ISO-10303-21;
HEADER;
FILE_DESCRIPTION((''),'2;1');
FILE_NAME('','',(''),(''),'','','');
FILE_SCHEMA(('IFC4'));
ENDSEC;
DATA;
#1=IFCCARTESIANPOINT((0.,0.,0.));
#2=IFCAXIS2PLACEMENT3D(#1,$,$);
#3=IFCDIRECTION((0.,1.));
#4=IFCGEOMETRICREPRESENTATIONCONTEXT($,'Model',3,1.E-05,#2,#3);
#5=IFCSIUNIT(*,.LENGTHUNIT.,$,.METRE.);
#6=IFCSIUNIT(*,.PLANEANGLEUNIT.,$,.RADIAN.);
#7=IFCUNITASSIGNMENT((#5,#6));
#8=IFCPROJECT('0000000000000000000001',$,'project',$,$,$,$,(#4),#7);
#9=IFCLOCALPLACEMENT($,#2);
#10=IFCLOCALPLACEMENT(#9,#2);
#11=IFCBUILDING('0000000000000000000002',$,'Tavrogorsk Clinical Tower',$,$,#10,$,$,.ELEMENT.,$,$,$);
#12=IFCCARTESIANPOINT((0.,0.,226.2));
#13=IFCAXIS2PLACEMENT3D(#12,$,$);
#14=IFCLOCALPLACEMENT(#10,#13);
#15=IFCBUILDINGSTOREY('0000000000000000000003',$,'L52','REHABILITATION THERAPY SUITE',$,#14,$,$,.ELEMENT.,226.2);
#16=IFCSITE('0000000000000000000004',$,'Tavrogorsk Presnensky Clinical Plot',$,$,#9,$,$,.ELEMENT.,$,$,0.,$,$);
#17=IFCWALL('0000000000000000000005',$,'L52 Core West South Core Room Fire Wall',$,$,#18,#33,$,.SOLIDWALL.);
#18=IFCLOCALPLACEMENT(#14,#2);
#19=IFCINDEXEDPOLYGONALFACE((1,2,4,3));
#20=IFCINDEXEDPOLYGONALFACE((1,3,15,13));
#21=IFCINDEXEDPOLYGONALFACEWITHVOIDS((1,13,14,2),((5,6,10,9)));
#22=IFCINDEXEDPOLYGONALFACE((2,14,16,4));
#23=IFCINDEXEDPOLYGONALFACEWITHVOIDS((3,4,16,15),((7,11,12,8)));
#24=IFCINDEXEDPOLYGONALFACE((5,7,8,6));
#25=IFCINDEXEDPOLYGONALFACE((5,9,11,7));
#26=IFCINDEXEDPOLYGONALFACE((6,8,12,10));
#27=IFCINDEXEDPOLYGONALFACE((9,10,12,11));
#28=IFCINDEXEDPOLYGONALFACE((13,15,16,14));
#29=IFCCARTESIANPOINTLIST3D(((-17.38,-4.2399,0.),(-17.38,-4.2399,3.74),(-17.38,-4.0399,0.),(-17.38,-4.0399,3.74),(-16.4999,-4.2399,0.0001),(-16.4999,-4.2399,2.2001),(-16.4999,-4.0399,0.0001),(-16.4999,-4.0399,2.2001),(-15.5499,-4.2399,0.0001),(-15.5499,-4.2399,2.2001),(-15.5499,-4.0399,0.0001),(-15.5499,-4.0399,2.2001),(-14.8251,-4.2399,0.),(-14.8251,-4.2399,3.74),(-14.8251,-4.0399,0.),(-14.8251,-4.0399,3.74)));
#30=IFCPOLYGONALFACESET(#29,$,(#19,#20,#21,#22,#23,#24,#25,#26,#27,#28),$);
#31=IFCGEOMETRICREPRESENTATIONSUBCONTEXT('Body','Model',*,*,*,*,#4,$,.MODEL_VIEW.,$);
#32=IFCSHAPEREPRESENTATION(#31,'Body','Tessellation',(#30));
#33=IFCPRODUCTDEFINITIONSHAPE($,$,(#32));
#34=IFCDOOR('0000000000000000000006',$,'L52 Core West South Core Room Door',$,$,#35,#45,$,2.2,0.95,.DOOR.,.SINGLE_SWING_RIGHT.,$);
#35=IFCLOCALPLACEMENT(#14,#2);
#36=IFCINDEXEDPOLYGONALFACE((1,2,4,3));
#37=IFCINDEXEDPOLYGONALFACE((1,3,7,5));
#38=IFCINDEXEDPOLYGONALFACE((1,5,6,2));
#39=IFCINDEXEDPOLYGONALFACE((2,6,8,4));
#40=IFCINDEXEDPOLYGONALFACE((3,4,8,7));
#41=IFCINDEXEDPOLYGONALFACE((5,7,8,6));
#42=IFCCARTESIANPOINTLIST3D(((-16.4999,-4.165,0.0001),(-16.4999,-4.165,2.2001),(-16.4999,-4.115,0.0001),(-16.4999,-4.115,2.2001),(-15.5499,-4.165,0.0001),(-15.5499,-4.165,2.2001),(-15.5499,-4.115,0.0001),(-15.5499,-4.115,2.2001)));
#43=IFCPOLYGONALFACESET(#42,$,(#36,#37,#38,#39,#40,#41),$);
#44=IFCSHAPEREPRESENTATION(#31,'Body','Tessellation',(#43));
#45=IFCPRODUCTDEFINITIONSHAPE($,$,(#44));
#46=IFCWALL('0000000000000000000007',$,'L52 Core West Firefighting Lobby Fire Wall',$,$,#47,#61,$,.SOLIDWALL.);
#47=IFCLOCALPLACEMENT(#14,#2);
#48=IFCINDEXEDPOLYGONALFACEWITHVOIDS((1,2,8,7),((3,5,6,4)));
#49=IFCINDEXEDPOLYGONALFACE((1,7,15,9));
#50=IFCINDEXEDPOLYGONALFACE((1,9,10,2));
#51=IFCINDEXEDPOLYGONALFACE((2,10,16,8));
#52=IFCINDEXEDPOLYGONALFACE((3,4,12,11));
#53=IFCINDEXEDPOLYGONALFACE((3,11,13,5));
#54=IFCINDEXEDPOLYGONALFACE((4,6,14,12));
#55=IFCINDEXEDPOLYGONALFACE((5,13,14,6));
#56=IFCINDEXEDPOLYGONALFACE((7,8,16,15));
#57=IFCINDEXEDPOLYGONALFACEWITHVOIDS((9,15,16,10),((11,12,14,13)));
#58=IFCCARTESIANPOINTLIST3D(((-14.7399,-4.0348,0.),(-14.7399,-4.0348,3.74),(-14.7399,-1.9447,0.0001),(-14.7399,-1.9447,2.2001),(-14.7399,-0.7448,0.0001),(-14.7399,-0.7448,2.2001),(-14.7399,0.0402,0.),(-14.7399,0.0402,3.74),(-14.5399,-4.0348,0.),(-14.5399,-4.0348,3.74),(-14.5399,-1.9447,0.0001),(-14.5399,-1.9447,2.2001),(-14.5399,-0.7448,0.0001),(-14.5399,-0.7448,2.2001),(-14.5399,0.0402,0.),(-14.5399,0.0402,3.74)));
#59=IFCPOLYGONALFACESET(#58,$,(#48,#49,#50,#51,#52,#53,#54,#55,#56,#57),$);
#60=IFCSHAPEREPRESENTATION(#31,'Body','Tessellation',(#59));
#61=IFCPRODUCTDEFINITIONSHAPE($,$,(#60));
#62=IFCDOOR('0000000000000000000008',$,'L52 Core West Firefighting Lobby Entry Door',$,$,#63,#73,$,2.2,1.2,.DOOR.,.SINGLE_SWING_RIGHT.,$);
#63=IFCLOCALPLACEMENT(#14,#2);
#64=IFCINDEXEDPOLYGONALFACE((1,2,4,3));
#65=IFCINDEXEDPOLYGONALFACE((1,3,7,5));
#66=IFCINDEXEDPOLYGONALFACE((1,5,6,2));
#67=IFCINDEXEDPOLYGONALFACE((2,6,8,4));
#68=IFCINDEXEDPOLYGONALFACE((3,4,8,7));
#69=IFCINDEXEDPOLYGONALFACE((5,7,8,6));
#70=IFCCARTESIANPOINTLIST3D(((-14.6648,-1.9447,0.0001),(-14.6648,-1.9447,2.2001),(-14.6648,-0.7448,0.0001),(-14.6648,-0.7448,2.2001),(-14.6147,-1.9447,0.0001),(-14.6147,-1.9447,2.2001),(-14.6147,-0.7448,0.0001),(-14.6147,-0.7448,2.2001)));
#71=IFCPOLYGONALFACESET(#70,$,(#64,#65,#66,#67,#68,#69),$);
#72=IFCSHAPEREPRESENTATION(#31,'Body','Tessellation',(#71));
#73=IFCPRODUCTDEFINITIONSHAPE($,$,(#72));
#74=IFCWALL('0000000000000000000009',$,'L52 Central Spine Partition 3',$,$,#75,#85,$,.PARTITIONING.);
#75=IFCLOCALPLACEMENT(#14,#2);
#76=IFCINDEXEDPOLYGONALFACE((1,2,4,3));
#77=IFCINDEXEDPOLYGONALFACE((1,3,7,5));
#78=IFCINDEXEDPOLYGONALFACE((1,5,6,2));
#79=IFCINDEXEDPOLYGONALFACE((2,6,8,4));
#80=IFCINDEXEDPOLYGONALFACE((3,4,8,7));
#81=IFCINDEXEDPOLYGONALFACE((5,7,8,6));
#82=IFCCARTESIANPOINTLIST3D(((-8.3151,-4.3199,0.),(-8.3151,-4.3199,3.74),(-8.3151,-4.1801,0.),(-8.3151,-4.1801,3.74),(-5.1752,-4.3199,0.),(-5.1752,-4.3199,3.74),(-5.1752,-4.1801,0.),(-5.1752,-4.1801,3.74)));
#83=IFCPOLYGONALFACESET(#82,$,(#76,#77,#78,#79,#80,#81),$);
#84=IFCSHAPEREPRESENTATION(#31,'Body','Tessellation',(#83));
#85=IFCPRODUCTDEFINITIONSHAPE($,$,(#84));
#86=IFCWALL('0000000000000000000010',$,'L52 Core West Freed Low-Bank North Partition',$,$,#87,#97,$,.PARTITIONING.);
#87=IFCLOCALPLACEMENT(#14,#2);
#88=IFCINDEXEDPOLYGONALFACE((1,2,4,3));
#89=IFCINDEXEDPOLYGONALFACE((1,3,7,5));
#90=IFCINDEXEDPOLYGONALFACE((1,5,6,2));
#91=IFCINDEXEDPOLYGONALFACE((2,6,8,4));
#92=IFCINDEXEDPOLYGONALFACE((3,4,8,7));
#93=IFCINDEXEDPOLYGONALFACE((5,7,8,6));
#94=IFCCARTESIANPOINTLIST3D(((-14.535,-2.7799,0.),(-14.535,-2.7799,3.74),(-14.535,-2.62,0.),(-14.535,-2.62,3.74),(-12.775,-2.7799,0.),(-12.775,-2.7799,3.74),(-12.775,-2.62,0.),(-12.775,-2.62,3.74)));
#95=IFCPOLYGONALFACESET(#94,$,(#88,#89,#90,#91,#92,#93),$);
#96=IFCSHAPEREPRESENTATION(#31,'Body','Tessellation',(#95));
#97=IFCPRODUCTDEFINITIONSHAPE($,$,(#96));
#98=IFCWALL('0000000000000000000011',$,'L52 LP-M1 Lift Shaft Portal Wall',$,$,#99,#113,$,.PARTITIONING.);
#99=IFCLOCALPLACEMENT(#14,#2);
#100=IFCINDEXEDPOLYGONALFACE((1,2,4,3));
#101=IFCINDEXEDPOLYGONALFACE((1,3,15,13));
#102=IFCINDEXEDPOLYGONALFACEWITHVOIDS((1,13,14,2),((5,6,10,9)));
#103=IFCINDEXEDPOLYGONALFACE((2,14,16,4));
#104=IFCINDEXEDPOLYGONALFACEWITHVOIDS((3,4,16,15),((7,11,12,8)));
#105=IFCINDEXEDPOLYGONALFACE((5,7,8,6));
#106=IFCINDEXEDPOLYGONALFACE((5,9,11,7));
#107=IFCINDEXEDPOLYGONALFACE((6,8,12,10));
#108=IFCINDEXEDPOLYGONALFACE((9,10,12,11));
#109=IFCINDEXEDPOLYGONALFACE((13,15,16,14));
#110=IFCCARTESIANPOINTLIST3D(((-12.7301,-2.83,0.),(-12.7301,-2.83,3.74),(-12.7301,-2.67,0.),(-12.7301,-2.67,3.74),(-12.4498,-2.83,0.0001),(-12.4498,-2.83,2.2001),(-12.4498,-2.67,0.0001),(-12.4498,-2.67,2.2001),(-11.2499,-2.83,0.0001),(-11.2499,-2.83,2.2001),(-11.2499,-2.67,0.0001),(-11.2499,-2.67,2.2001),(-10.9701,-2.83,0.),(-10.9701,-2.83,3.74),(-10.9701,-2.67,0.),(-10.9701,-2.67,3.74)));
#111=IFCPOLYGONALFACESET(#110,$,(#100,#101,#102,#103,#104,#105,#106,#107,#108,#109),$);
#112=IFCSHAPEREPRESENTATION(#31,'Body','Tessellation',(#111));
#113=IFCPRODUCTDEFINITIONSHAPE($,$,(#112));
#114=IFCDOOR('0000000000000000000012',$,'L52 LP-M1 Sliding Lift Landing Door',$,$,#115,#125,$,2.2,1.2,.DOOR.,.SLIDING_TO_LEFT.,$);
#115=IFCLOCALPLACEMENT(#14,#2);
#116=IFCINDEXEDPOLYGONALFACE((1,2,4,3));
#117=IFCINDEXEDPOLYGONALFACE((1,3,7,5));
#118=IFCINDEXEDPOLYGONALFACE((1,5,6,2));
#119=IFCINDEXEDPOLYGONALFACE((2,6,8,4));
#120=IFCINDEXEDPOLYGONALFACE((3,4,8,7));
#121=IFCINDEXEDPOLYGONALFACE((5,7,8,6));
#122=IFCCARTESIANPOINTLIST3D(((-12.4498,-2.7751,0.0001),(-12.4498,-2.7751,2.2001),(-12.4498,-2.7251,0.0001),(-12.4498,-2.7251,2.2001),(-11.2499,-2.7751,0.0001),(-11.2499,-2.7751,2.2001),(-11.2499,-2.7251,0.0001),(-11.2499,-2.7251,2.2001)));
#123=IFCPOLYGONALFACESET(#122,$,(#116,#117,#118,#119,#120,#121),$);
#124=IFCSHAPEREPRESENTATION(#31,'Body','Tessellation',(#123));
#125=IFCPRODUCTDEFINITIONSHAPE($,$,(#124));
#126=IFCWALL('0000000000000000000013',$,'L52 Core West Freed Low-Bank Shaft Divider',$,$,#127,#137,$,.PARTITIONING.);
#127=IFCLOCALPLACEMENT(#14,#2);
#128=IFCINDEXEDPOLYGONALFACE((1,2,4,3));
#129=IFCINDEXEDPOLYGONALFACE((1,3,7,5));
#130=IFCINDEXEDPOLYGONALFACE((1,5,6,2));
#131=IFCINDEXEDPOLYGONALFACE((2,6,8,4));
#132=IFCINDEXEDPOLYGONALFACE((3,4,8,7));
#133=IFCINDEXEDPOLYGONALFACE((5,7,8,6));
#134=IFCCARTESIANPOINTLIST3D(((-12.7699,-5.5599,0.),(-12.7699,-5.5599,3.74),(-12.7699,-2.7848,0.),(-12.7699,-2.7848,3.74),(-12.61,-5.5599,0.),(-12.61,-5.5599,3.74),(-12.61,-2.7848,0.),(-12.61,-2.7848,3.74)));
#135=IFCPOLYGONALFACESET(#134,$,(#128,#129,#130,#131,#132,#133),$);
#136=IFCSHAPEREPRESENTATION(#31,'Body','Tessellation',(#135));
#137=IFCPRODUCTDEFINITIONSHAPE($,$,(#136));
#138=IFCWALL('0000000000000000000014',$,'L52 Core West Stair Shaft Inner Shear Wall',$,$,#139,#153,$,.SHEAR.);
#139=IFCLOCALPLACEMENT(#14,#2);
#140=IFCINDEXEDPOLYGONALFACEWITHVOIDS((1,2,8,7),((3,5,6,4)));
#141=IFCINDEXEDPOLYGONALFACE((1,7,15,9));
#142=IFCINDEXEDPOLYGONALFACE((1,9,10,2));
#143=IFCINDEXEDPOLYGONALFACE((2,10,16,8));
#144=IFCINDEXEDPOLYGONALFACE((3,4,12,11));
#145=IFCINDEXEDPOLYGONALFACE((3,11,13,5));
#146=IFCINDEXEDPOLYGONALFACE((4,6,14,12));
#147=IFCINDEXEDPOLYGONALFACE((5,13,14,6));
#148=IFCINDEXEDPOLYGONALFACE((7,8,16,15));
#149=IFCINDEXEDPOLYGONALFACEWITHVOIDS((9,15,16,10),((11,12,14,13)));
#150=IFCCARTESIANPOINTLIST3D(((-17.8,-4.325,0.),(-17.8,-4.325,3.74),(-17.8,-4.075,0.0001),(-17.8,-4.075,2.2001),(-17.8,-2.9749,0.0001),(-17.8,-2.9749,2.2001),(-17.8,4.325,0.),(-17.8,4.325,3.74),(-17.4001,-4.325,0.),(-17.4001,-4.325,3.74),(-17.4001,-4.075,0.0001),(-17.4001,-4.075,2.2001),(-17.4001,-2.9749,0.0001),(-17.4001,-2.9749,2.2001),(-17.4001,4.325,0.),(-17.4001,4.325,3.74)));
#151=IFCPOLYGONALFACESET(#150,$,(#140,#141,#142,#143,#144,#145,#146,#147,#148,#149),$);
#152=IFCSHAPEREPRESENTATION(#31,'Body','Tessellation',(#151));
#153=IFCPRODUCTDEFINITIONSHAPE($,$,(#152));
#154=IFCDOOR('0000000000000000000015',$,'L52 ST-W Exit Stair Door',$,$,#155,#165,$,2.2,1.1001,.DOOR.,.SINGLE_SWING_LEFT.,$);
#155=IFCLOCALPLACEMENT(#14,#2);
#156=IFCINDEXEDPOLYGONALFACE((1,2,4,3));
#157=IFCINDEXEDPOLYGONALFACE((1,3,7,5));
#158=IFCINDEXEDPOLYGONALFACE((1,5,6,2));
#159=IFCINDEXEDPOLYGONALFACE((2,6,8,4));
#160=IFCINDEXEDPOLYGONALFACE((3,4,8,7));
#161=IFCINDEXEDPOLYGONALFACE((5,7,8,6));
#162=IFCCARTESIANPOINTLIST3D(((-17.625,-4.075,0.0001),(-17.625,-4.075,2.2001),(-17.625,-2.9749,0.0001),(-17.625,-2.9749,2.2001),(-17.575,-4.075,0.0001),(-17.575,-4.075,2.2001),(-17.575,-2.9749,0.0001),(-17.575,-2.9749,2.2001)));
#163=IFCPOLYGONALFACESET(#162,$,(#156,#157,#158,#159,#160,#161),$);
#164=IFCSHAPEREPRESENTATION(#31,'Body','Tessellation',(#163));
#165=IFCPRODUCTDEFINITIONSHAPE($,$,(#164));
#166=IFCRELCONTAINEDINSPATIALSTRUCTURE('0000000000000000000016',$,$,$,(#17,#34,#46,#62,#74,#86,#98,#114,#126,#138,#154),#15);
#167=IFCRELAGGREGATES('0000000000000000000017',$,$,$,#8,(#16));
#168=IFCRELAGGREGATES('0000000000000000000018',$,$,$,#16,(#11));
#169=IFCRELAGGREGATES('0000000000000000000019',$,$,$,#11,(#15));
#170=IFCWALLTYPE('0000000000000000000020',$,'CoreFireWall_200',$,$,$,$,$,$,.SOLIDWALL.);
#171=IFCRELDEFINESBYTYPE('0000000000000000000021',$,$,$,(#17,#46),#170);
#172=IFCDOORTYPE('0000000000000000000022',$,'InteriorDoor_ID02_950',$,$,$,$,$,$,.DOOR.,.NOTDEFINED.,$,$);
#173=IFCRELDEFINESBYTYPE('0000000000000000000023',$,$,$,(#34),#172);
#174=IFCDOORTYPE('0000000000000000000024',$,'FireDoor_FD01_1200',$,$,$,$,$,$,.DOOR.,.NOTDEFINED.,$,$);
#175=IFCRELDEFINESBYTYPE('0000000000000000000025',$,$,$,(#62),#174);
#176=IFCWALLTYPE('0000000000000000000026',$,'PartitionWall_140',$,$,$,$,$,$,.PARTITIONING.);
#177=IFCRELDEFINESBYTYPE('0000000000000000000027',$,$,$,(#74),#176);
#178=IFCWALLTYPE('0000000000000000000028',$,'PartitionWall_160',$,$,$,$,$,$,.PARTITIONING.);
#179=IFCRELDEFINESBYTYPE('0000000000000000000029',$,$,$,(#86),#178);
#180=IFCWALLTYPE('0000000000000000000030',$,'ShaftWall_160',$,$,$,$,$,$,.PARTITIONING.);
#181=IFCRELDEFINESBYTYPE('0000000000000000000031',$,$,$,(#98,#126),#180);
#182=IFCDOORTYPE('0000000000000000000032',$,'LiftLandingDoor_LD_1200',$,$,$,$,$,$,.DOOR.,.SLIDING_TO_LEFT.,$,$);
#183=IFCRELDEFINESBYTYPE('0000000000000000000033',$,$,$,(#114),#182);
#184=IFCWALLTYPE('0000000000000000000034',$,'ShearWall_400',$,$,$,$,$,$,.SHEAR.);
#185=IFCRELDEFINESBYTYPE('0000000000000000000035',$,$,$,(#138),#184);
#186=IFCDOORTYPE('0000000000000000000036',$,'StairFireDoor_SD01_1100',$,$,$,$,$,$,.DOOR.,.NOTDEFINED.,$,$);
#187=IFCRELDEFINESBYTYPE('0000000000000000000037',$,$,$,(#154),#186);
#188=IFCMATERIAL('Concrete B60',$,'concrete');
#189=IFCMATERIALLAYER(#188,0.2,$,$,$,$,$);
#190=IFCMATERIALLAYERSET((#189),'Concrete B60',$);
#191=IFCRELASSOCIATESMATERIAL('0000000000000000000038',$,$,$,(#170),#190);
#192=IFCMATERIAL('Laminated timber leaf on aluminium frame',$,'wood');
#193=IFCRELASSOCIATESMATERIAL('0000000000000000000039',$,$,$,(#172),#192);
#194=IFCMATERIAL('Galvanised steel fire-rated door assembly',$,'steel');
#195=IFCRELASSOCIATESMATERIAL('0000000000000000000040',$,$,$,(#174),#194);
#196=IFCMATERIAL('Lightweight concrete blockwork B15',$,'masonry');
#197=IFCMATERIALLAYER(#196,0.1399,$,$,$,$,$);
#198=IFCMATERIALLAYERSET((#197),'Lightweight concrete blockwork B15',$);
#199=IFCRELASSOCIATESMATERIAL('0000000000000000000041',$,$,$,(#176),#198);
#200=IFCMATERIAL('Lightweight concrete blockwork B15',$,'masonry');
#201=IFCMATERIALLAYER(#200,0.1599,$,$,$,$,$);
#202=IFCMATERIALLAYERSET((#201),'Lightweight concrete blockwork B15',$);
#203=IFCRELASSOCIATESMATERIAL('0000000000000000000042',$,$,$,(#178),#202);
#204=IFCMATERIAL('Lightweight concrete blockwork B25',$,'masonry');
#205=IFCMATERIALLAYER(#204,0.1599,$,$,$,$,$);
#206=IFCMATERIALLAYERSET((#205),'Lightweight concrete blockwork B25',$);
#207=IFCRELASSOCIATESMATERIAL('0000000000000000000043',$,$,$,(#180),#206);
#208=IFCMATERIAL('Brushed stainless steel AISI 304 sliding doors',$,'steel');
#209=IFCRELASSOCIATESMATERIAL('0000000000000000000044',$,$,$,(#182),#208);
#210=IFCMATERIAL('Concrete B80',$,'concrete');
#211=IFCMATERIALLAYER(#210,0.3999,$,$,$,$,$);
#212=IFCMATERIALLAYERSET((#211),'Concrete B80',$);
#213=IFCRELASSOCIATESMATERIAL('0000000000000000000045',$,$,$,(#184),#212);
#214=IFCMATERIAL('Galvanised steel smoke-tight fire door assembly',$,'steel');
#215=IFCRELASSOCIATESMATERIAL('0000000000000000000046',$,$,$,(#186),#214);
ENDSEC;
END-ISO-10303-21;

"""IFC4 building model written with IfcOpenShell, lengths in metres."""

from ifc_helpers import new_model, si_unit, direction, frame, frame_2d, origin, place, context, subcontext, project, spatial, rectangle, extrude, material, layer, layer_set, type_object, element, fill, save


model = new_model("IFC4")

# Units and contexts
model_context = context("Model", 3, precision=1e-05, world=origin(), true_north=direction((0.0, 1.0)))
body_context = subcontext(model_context, "Body", "Model", "MODEL_VIEW")
ifc_project = project(units=[si_unit("LENGTHUNIT", "METRE"), si_unit("PLANEANGLEUNIT", "RADIAN")], contexts=[model_context])

# Site, building, storey
site_placement = place(None, origin())
site = spatial("IfcSite", under=ifc_project, at=site_placement, Name="Tavrogorsk Presnensky Clinical Plot", CompositionType="ELEMENT", RefElevation=0.0)
building_placement = place(site_placement, origin())
building = spatial("IfcBuilding", under=site, at=building_placement, Name="Tavrogorsk Clinical Tower", CompositionType="ELEMENT")
storey_placement = place(building_placement, frame((0.0, 0.0, 226.2)))
storey = spatial("IfcBuildingStorey", under=building, at=storey_placement, Name="L52", Description="REHABILITATION THERAPY SUITE", CompositionType="ELEMENT", Elevation=226.2)

# Walls, openings, doors
ifc_material_1 = material(Name="Concrete B60", Category="concrete")
ifc_layer_1 = layer(ifc_material_1, 0.2)
ifc_layer_set_1 = layer_set([ifc_layer_1], Name="Concrete B60")
wall_type_1 = type_object("IfcWallType", Name="CoreFireWall_200", PredefinedType="SOLIDWALL", material=ifc_layer_set_1)
wall_1_placement = place(storey_placement, frame((-17.3799, -4.1399, 0.0), z_axis=(0.0, 0.0, 1.0), x_axis=(1.0, 0.0, 0.0)))
wall_1 = element("IfcWall", 1, at=wall_1_placement, inside=storey, type_object=wall_type_1, Name="L52 Core West South Core Room Fire Wall", PredefinedType="SOLIDWALL", context=body_context, shape_type="SweptSolid", body=[
    extrude(rectangle(XDim=2.5549, YDim=0.2, at=frame_2d((1.2773, 0.0))), origin(), (0.0, 0.0, 1.0), 3.74),
])
opening_1_placement = place(wall_1_placement, frame((0.8799, 0.0, 0.0)))
opening_1 = element("IfcOpeningElement", 2, at=opening_1_placement, cuts=wall_1, PredefinedType="OPENING", context=body_context, shape_type="SweptSolid", body=[
    extrude(rectangle(XDim=0.95, YDim=2.2, at=frame_2d((0.4751, 1.1001))), frame((0.0, 0.1099, 0.0), z_axis=(0.0, -1.0, 0.0), x_axis=(1.0, 0.0, 0.0)), (0.0, 0.0, 1.0), 0.22),
])
ifc_material_2 = material(Name="Laminated timber leaf on aluminium frame", Category="wood")
door_type_1 = type_object("IfcDoorType", Name="InteriorDoor_ID02_950", OperationType="NOTDEFINED", PredefinedType="DOOR", material=ifc_material_2)
door_1_placement = place(opening_1_placement, origin())
door_1 = element("IfcDoor", 3, at=door_1_placement, inside=storey, type_object=door_type_1, Name="L52 Core West South Core Room Door", OperationType="SINGLE_SWING_RIGHT", OverallHeight=2.2, OverallWidth=0.95, PredefinedType="DOOR", context=body_context, shape_type="SweptSolid", body=[
    extrude(rectangle(XDim=0.95, YDim=2.2, at=frame_2d((0.4751, 1.1001))), frame((0.0, 0.0249, 0.0), z_axis=(0.0, -1.0, 0.0), x_axis=(1.0, 0.0, 0.0)), (0.0, 0.0, 1.0), 0.05),
])
fill(opening_1, door_1)
wall_2_placement = place(storey_placement, frame((-14.6399, -4.0349, 0.0), z_axis=(0.0, 0.0, 1.0), x_axis=(0.0, 1.0, 0.0)))
wall_2 = element("IfcWall", 4, at=wall_2_placement, inside=storey, type_object=wall_type_1, Name="L52 Core West Firefighting Lobby Fire Wall", PredefinedType="SOLIDWALL", context=body_context, shape_type="SweptSolid", body=[
    extrude(rectangle(XDim=4.075, YDim=0.2, at=frame_2d((2.0376, 0.0))), origin(), (0.0, 0.0, 1.0), 3.74),
])
opening_2_placement = place(wall_2_placement, frame((2.0901, 0.0, 0.0)))
opening_2 = element("IfcOpeningElement", 5, at=opening_2_placement, cuts=wall_2, PredefinedType="OPENING", context=body_context, shape_type="SweptSolid", body=[
    extrude(rectangle(XDim=1.2, YDim=2.2, at=frame_2d((0.6001, 1.1001))), frame((0.0, 0.1099, 0.0), z_axis=(0.0, -1.0, 0.0), x_axis=(1.0, 0.0, 0.0)), (0.0, 0.0, 1.0), 0.22),
])
ifc_material_3 = material(Name="Galvanised steel fire-rated door assembly", Category="steel")
door_type_2 = type_object("IfcDoorType", Name="FireDoor_FD01_1200", OperationType="NOTDEFINED", PredefinedType="DOOR", material=ifc_material_3)
door_2_placement = place(opening_2_placement, origin())
door_2 = element("IfcDoor", 6, at=door_2_placement, inside=storey, type_object=door_type_2, Name="L52 Core West Firefighting Lobby Entry Door", OperationType="SINGLE_SWING_RIGHT", OverallHeight=2.2, OverallWidth=1.2, PredefinedType="DOOR", context=body_context, shape_type="SweptSolid", body=[
    extrude(rectangle(XDim=1.2, YDim=2.2, at=frame_2d((0.6001, 1.1001))), frame((0.0, 0.0249, 0.0), z_axis=(0.0, -1.0, 0.0), x_axis=(1.0, 0.0, 0.0)), (0.0, 0.0, 1.0), 0.05),
])
fill(opening_2, door_2)

# Walls
ifc_material_4 = material(Name="Lightweight concrete blockwork B15", Category="masonry")
ifc_layer_2 = layer(ifc_material_4, 0.1399)
ifc_layer_set_2 = layer_set([ifc_layer_2], Name="Lightweight concrete blockwork B15")
wall_type_2 = type_object("IfcWallType", Name="PartitionWall_140", PredefinedType="PARTITIONING", material=ifc_layer_set_2)
wall_3_placement = place(storey_placement, frame((-8.3149, -4.25, 0.0), z_axis=(0.0, 0.0, 1.0), x_axis=(1.0, 0.0, 0.0)))
element("IfcWall", 7, at=wall_3_placement, inside=storey, type_object=wall_type_2, Name="L52 Central Spine Partition 3", PredefinedType="PARTITIONING", context=body_context, shape_type="SweptSolid", body=[
    extrude(rectangle(XDim=3.1399, YDim=0.1399, at=frame_2d((1.5698, 0.0))), origin(), (0.0, 0.0, 1.0), 3.74),
])
ifc_material_5 = material(Name="Lightweight concrete blockwork B15", Category="masonry")
ifc_layer_3 = layer(ifc_material_5, 0.1599)
ifc_layer_set_3 = layer_set([ifc_layer_3], Name="Lightweight concrete blockwork B15")
wall_type_3 = type_object("IfcWallType", Name="PartitionWall_160", PredefinedType="PARTITIONING", material=ifc_layer_set_3)
wall_4_placement = place(storey_placement, frame((-14.5349, -2.7, 0.0), z_axis=(0.0, 0.0, 1.0), x_axis=(1.0, 0.0, 0.0)))
element("IfcWall", 8, at=wall_4_placement, inside=storey, type_object=wall_type_3, Name="L52 Core West Freed Low-Bank North Partition", PredefinedType="PARTITIONING", context=body_context, shape_type="SweptSolid", body=[
    extrude(rectangle(XDim=1.76, YDim=0.1599, at=frame_2d((0.8799, 0.0))), origin(), (0.0, 0.0, 1.0), 3.74),
])

# Wall, opening, door
ifc_material_6 = material(Name="Lightweight concrete blockwork B25", Category="masonry")
ifc_layer_4 = layer(ifc_material_6, 0.1599)
ifc_layer_set_4 = layer_set([ifc_layer_4], Name="Lightweight concrete blockwork B25")
wall_type_4 = type_object("IfcWallType", Name="ShaftWall_160", PredefinedType="PARTITIONING", material=ifc_layer_set_4)
wall_5_placement = place(storey_placement, frame((-12.73, -2.75, 0.0), z_axis=(0.0, 0.0, 1.0), x_axis=(1.0, 0.0, 0.0)))
wall_5 = element("IfcWall", 9, at=wall_5_placement, inside=storey, type_object=wall_type_4, Name="L52 LP-M1 Lift Shaft Portal Wall", PredefinedType="PARTITIONING", context=body_context, shape_type="SweptSolid", body=[
    extrude(rectangle(XDim=1.76, YDim=0.1599, at=frame_2d((0.8799, 0.0))), origin(), (0.0, 0.0, 1.0), 3.74),
])
opening_3_placement = place(wall_5_placement, frame((0.28, 0.0, 0.0)))
opening_3 = element("IfcOpeningElement", 10, at=opening_3_placement, cuts=wall_5, PredefinedType="OPENING", context=body_context, shape_type="SweptSolid", body=[
    extrude(rectangle(XDim=1.2, YDim=2.2, at=frame_2d((0.6001, 1.1001))), frame((0.0, 0.0898, 0.0), z_axis=(0.0, -1.0, 0.0), x_axis=(1.0, 0.0, 0.0)), (0.0, 0.0, 1.0), 0.1799),
])
ifc_material_7 = material(Name="Brushed stainless steel AISI 304 sliding doors", Category="steel")
door_type_3 = type_object("IfcDoorType", Name="LiftLandingDoor_LD_1200", OperationType="SLIDING_TO_LEFT", PredefinedType="DOOR", material=ifc_material_7)
door_3_placement = place(opening_3_placement, origin())
door_3 = element("IfcDoor", 11, at=door_3_placement, inside=storey, type_object=door_type_3, Name="L52 LP-M1 Sliding Lift Landing Door", OperationType="SLIDING_TO_LEFT", OverallHeight=2.2, OverallWidth=1.2, PredefinedType="DOOR", context=body_context, shape_type="SweptSolid", body=[
    extrude(rectangle(XDim=1.2, YDim=2.2, at=frame_2d((0.6001, 1.1001))), frame((0.0, 0.0249, 0.0), z_axis=(0.0, -1.0, 0.0), x_axis=(1.0, 0.0, 0.0)), (0.0, 0.0, 1.0), 0.05),
])
fill(opening_3, door_3)

# Wall
wall_6_placement = place(storey_placement, frame((-12.6899, -5.5601, 0.0), z_axis=(0.0, 0.0, 1.0), x_axis=(0.0, 1.0, 0.0)))
element("IfcWall", 12, at=wall_6_placement, inside=storey, type_object=wall_type_4, Name="L52 Core West Freed Low-Bank Shaft Divider", PredefinedType="PARTITIONING", context=body_context, shape_type="SweptSolid", body=[
    extrude(rectangle(XDim=2.7751, YDim=0.1599, at=frame_2d((1.3877, 0.0))), origin(), (0.0, 0.0, 1.0), 3.74),
])

# Wall, opening, door
ifc_material_8 = material(Name="Concrete B80", Category="concrete")
ifc_layer_5 = layer(ifc_material_8, 0.3999)
ifc_layer_set_5 = layer_set([ifc_layer_5], Name="Concrete B80")
wall_type_5 = type_object("IfcWallType", Name="ShearWall_400", PredefinedType="SHEAR", material=ifc_layer_set_5)
wall_7_placement = place(storey_placement, frame((-17.6001, -4.325, 0.0), z_axis=(0.0, 0.0, 1.0), x_axis=(0.0, 1.0, 0.0)))
wall_7 = element("IfcWall", 13, at=wall_7_placement, inside=storey, type_object=wall_type_5, Name="L52 Core West Stair Shaft Inner Shear Wall", PredefinedType="SHEAR", context=body_context, shape_type="SweptSolid", body=[
    extrude(rectangle(XDim=8.6499, YDim=0.3999, at=frame_2d((4.325, 0.0))), origin(), (0.0, 0.0, 1.0), 3.74),
])
opening_4_placement = place(wall_7_placement, frame((0.25, 0.0, 0.0)))
opening_4 = element("IfcOpeningElement", 14, at=opening_4_placement, cuts=wall_7, PredefinedType="OPENING", context=body_context, shape_type="SweptSolid", body=[
    extrude(rectangle(XDim=1.1001, YDim=2.2, at=frame_2d((0.55, 1.1001))), frame((0.0, 0.21, 0.0), z_axis=(0.0, -1.0, 0.0), x_axis=(1.0, 0.0, 0.0)), (0.0, 0.0, 1.0), 0.4199),
])
ifc_material_9 = material(Name="Galvanised steel smoke-tight fire door assembly", Category="steel")
door_type_4 = type_object("IfcDoorType", Name="StairFireDoor_SD01_1100", OperationType="NOTDEFINED", PredefinedType="DOOR", material=ifc_material_9)
door_4_placement = place(opening_4_placement, origin())
door_4 = element("IfcDoor", 15, at=door_4_placement, inside=storey, type_object=door_type_4, Name="L52 ST-W Exit Stair Door", OperationType="SINGLE_SWING_LEFT", OverallHeight=2.2, OverallWidth=1.1001, PredefinedType="DOOR", context=body_context, shape_type="SweptSolid", body=[
    extrude(rectangle(XDim=1.1001, YDim=2.2, at=frame_2d((0.55, 1.1001))), frame((0.0, 0.0249, 0.0), z_axis=(0.0, -1.0, 0.0), x_axis=(1.0, 0.0, 0.0)), (0.0, 0.0, 1.0), 0.05),
])
fill(opening_4, door_4)

save(model, "model.ifc")
